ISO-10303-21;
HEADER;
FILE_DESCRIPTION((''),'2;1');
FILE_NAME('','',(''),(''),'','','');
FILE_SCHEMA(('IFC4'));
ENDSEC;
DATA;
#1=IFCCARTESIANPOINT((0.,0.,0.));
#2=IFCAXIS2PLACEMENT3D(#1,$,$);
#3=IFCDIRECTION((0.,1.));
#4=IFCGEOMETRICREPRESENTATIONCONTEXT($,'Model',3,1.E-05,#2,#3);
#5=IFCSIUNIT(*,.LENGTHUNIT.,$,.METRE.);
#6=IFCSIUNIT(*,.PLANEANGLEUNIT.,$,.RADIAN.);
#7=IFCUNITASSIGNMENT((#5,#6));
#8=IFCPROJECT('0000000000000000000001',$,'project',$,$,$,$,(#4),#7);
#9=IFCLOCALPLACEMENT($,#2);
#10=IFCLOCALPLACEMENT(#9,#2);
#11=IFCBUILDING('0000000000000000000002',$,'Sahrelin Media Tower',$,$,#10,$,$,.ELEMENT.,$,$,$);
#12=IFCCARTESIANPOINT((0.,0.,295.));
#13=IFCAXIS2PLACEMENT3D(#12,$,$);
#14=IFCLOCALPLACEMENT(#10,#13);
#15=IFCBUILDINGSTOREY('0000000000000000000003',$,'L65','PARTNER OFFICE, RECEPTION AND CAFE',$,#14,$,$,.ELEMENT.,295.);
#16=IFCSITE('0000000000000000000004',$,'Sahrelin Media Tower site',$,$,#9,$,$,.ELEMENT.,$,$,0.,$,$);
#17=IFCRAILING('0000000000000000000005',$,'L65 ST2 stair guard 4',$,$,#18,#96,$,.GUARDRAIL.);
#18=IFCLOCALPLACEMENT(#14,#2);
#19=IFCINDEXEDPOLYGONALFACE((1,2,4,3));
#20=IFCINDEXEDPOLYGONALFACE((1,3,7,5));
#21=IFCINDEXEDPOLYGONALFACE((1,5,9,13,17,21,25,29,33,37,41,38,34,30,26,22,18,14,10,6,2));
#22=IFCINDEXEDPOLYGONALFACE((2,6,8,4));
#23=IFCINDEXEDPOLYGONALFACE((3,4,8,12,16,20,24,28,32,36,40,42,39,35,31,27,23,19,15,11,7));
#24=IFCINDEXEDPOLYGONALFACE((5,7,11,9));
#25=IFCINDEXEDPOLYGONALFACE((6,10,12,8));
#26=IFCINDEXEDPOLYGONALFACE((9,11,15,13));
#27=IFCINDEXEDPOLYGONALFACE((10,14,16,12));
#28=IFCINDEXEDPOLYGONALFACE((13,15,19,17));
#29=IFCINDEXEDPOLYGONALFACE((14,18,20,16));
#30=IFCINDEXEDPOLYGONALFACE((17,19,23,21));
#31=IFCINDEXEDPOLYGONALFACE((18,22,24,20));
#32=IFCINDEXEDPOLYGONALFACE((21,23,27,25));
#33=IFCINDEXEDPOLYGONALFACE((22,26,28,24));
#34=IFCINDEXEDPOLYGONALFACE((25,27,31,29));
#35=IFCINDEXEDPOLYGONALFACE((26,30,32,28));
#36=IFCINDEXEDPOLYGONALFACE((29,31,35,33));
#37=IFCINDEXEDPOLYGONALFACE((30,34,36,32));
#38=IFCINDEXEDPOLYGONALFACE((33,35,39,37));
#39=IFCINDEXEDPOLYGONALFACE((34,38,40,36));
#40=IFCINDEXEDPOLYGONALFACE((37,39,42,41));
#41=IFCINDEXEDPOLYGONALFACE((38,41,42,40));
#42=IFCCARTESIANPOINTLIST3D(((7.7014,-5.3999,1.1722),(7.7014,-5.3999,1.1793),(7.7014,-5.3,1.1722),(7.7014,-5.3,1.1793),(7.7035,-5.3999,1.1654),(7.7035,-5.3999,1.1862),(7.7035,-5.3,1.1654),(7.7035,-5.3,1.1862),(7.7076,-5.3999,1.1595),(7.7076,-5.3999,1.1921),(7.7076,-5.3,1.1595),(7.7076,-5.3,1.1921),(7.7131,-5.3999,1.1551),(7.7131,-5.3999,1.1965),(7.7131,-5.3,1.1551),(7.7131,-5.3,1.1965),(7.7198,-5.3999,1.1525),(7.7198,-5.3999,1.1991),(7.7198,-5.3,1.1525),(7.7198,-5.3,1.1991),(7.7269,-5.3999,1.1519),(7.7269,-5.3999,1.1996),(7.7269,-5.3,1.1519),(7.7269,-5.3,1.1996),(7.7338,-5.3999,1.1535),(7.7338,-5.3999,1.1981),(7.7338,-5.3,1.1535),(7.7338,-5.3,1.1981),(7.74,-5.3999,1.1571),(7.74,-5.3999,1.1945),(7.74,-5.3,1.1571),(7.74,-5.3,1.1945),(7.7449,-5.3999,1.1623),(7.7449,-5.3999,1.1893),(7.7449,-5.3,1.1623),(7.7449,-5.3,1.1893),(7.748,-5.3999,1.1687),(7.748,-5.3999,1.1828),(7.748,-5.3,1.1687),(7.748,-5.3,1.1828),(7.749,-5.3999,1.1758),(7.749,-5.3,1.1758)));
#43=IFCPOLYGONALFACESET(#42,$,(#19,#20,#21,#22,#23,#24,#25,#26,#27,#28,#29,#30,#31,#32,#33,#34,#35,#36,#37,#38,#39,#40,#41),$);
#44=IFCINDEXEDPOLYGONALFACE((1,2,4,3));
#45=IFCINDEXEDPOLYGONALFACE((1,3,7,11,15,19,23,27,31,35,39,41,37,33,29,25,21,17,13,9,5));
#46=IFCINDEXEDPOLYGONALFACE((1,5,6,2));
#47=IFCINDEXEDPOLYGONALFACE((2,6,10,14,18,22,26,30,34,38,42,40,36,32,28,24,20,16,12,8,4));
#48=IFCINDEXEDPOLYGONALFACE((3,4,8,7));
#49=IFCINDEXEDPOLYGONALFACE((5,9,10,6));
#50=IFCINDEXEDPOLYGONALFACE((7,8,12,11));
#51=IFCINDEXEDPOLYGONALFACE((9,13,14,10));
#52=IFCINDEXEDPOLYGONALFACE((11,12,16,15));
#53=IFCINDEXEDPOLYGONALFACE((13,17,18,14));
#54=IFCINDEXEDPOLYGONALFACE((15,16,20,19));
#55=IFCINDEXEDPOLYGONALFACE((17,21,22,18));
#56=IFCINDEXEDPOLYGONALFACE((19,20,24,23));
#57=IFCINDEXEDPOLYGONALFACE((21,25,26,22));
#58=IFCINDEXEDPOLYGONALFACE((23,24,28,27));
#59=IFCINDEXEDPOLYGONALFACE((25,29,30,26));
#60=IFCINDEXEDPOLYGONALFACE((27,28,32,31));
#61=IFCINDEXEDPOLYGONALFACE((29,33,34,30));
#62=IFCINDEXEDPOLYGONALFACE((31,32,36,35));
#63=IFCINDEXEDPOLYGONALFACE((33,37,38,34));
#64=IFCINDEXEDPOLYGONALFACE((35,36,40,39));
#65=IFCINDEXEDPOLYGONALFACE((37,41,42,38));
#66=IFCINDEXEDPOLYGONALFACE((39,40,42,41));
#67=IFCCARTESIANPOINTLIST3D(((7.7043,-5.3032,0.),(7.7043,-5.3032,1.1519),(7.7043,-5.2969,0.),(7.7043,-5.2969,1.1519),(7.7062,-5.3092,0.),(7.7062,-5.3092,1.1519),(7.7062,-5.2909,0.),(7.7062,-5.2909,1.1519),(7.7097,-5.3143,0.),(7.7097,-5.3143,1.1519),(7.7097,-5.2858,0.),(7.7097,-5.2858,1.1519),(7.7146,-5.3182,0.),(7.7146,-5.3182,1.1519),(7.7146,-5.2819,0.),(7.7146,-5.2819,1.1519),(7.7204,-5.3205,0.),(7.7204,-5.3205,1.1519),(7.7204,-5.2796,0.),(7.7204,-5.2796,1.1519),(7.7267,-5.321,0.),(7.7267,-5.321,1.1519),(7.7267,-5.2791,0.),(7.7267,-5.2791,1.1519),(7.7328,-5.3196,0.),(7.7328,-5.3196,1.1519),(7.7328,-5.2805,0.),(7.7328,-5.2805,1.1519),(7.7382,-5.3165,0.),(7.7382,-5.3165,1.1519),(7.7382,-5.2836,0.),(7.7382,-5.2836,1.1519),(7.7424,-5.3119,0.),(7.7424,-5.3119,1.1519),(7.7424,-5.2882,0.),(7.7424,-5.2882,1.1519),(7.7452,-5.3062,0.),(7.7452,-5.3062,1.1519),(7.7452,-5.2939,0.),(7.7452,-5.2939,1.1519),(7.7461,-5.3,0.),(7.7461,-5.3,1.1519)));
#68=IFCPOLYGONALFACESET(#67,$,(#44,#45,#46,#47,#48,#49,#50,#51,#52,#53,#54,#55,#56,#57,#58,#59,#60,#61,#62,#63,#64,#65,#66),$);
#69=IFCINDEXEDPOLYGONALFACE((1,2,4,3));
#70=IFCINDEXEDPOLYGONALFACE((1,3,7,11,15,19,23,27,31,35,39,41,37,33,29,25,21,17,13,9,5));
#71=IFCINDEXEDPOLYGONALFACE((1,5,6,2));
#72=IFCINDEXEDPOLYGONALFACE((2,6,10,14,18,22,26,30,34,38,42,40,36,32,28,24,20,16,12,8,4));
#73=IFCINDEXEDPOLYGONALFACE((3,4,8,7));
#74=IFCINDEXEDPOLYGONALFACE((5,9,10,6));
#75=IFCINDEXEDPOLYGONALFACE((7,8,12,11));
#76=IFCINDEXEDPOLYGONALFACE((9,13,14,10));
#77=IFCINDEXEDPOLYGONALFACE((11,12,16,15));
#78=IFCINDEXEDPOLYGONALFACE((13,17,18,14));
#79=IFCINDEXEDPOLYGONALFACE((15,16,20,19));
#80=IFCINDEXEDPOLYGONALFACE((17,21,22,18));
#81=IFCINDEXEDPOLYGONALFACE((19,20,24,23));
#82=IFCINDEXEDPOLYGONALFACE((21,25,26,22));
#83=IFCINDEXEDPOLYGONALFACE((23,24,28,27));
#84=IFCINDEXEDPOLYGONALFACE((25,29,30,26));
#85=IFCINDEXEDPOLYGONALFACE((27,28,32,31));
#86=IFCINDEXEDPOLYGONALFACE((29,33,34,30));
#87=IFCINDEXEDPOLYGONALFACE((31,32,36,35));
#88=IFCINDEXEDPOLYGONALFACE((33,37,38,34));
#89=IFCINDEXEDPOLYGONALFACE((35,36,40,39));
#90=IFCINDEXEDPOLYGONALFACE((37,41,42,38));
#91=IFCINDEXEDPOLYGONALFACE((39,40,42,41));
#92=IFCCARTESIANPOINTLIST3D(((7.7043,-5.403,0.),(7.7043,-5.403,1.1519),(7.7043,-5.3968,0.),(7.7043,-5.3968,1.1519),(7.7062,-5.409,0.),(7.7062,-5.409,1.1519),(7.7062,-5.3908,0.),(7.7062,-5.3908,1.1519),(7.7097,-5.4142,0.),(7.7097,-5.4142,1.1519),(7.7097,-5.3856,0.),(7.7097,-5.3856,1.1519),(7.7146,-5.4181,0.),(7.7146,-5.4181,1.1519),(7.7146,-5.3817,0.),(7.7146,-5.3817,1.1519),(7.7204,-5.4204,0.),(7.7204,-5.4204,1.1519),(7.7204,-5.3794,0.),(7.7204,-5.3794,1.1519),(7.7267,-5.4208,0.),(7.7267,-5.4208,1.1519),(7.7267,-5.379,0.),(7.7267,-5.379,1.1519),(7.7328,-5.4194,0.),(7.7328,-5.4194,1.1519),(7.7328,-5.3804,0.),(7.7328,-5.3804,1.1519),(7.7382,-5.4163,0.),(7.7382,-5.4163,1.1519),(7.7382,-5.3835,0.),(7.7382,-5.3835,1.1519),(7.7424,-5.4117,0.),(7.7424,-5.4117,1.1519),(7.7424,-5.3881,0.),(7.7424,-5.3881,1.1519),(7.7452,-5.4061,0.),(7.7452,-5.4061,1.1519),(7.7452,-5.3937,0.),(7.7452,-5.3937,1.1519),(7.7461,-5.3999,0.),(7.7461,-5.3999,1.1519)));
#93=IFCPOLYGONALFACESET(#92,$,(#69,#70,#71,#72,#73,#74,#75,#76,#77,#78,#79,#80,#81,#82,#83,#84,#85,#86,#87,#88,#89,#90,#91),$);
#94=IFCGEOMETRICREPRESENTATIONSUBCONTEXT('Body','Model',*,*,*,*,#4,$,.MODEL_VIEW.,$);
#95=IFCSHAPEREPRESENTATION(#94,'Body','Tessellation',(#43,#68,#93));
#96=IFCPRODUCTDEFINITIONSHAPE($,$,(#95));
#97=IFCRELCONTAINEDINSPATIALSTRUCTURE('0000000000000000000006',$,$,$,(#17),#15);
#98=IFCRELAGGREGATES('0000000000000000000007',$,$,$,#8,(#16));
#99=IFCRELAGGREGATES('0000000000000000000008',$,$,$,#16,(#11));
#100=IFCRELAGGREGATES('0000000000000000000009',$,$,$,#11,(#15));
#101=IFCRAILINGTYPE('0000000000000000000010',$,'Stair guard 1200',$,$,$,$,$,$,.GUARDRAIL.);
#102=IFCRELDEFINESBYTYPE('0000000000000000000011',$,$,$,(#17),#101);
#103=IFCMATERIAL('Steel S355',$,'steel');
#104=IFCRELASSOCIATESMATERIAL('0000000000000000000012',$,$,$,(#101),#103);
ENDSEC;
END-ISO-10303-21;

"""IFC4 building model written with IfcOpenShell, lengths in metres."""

from ifc_helpers import new_model, si_unit, direction, frame, origin, origin_2d, place, context, subcontext, project, spatial, circle, extrude, material, type_object, element, save


model = new_model("IFC4")

# Units and contexts
model_context = context("Model", 3, precision=1e-05, world=origin(), true_north=direction((0.0, 1.0)))
body_context = subcontext(model_context, "Body", "Model", "MODEL_VIEW")
ifc_project = project(units=[si_unit("LENGTHUNIT", "METRE"), si_unit("PLANEANGLEUNIT", "RADIAN")], contexts=[model_context])

# Site, building, storey
site_placement = place(None, origin())
site = spatial("IfcSite", under=ifc_project, at=site_placement, Name="Sahrelin Media Tower site", CompositionType="ELEMENT", RefElevation=0.0)
building_placement = place(site_placement, origin())
building = spatial("IfcBuilding", under=site, at=building_placement, Name="Sahrelin Media Tower", CompositionType="ELEMENT")
storey_placement = place(building_placement, frame((0.0, 0.0, 295.0)))
storey = spatial("IfcBuildingStorey", under=building, at=storey_placement, Name="L65", Description="PARTNER OFFICE, RECEPTION AND CAFE", CompositionType="ELEMENT", Elevation=295.0)

# Shared definitions
ifc_material_1 = material(Name="Steel S355", Category="steel")

# Railing
railing_type_1 = type_object("IfcRailingType", Name="Stair guard 1200", PredefinedType="GUARDRAIL", material=ifc_material_1)
railing_1_placement = place(storey_placement, frame((7.7251, -5.3, 0.0)))
element("IfcRailing", 1, at=railing_1_placement, inside=storey, type_object=railing_type_1, Name="L65 ST2 stair guard 4", PredefinedType="GUARDRAIL", context=body_context, shape_type="SweptSolid", body=[
    extrude(circle(Radius=0.0239, at=origin_2d()), frame((0.0, 0.0, 1.1758), z_axis=(0.0, -1.0, 0.0), x_axis=(1.0, 0.0, 0.0)), (0.0, 0.0, 1.0), 0.0999),
    extrude(circle(Radius=0.021, at=origin_2d()), origin(), (0.0, 0.0, 1.0), 1.1519),
    extrude(circle(Radius=0.021, at=origin_2d()), frame((0.0, -0.0999, 0.0)), (0.0, 0.0, 1.0), 1.1519),
])

save(model, "model.ifc")
